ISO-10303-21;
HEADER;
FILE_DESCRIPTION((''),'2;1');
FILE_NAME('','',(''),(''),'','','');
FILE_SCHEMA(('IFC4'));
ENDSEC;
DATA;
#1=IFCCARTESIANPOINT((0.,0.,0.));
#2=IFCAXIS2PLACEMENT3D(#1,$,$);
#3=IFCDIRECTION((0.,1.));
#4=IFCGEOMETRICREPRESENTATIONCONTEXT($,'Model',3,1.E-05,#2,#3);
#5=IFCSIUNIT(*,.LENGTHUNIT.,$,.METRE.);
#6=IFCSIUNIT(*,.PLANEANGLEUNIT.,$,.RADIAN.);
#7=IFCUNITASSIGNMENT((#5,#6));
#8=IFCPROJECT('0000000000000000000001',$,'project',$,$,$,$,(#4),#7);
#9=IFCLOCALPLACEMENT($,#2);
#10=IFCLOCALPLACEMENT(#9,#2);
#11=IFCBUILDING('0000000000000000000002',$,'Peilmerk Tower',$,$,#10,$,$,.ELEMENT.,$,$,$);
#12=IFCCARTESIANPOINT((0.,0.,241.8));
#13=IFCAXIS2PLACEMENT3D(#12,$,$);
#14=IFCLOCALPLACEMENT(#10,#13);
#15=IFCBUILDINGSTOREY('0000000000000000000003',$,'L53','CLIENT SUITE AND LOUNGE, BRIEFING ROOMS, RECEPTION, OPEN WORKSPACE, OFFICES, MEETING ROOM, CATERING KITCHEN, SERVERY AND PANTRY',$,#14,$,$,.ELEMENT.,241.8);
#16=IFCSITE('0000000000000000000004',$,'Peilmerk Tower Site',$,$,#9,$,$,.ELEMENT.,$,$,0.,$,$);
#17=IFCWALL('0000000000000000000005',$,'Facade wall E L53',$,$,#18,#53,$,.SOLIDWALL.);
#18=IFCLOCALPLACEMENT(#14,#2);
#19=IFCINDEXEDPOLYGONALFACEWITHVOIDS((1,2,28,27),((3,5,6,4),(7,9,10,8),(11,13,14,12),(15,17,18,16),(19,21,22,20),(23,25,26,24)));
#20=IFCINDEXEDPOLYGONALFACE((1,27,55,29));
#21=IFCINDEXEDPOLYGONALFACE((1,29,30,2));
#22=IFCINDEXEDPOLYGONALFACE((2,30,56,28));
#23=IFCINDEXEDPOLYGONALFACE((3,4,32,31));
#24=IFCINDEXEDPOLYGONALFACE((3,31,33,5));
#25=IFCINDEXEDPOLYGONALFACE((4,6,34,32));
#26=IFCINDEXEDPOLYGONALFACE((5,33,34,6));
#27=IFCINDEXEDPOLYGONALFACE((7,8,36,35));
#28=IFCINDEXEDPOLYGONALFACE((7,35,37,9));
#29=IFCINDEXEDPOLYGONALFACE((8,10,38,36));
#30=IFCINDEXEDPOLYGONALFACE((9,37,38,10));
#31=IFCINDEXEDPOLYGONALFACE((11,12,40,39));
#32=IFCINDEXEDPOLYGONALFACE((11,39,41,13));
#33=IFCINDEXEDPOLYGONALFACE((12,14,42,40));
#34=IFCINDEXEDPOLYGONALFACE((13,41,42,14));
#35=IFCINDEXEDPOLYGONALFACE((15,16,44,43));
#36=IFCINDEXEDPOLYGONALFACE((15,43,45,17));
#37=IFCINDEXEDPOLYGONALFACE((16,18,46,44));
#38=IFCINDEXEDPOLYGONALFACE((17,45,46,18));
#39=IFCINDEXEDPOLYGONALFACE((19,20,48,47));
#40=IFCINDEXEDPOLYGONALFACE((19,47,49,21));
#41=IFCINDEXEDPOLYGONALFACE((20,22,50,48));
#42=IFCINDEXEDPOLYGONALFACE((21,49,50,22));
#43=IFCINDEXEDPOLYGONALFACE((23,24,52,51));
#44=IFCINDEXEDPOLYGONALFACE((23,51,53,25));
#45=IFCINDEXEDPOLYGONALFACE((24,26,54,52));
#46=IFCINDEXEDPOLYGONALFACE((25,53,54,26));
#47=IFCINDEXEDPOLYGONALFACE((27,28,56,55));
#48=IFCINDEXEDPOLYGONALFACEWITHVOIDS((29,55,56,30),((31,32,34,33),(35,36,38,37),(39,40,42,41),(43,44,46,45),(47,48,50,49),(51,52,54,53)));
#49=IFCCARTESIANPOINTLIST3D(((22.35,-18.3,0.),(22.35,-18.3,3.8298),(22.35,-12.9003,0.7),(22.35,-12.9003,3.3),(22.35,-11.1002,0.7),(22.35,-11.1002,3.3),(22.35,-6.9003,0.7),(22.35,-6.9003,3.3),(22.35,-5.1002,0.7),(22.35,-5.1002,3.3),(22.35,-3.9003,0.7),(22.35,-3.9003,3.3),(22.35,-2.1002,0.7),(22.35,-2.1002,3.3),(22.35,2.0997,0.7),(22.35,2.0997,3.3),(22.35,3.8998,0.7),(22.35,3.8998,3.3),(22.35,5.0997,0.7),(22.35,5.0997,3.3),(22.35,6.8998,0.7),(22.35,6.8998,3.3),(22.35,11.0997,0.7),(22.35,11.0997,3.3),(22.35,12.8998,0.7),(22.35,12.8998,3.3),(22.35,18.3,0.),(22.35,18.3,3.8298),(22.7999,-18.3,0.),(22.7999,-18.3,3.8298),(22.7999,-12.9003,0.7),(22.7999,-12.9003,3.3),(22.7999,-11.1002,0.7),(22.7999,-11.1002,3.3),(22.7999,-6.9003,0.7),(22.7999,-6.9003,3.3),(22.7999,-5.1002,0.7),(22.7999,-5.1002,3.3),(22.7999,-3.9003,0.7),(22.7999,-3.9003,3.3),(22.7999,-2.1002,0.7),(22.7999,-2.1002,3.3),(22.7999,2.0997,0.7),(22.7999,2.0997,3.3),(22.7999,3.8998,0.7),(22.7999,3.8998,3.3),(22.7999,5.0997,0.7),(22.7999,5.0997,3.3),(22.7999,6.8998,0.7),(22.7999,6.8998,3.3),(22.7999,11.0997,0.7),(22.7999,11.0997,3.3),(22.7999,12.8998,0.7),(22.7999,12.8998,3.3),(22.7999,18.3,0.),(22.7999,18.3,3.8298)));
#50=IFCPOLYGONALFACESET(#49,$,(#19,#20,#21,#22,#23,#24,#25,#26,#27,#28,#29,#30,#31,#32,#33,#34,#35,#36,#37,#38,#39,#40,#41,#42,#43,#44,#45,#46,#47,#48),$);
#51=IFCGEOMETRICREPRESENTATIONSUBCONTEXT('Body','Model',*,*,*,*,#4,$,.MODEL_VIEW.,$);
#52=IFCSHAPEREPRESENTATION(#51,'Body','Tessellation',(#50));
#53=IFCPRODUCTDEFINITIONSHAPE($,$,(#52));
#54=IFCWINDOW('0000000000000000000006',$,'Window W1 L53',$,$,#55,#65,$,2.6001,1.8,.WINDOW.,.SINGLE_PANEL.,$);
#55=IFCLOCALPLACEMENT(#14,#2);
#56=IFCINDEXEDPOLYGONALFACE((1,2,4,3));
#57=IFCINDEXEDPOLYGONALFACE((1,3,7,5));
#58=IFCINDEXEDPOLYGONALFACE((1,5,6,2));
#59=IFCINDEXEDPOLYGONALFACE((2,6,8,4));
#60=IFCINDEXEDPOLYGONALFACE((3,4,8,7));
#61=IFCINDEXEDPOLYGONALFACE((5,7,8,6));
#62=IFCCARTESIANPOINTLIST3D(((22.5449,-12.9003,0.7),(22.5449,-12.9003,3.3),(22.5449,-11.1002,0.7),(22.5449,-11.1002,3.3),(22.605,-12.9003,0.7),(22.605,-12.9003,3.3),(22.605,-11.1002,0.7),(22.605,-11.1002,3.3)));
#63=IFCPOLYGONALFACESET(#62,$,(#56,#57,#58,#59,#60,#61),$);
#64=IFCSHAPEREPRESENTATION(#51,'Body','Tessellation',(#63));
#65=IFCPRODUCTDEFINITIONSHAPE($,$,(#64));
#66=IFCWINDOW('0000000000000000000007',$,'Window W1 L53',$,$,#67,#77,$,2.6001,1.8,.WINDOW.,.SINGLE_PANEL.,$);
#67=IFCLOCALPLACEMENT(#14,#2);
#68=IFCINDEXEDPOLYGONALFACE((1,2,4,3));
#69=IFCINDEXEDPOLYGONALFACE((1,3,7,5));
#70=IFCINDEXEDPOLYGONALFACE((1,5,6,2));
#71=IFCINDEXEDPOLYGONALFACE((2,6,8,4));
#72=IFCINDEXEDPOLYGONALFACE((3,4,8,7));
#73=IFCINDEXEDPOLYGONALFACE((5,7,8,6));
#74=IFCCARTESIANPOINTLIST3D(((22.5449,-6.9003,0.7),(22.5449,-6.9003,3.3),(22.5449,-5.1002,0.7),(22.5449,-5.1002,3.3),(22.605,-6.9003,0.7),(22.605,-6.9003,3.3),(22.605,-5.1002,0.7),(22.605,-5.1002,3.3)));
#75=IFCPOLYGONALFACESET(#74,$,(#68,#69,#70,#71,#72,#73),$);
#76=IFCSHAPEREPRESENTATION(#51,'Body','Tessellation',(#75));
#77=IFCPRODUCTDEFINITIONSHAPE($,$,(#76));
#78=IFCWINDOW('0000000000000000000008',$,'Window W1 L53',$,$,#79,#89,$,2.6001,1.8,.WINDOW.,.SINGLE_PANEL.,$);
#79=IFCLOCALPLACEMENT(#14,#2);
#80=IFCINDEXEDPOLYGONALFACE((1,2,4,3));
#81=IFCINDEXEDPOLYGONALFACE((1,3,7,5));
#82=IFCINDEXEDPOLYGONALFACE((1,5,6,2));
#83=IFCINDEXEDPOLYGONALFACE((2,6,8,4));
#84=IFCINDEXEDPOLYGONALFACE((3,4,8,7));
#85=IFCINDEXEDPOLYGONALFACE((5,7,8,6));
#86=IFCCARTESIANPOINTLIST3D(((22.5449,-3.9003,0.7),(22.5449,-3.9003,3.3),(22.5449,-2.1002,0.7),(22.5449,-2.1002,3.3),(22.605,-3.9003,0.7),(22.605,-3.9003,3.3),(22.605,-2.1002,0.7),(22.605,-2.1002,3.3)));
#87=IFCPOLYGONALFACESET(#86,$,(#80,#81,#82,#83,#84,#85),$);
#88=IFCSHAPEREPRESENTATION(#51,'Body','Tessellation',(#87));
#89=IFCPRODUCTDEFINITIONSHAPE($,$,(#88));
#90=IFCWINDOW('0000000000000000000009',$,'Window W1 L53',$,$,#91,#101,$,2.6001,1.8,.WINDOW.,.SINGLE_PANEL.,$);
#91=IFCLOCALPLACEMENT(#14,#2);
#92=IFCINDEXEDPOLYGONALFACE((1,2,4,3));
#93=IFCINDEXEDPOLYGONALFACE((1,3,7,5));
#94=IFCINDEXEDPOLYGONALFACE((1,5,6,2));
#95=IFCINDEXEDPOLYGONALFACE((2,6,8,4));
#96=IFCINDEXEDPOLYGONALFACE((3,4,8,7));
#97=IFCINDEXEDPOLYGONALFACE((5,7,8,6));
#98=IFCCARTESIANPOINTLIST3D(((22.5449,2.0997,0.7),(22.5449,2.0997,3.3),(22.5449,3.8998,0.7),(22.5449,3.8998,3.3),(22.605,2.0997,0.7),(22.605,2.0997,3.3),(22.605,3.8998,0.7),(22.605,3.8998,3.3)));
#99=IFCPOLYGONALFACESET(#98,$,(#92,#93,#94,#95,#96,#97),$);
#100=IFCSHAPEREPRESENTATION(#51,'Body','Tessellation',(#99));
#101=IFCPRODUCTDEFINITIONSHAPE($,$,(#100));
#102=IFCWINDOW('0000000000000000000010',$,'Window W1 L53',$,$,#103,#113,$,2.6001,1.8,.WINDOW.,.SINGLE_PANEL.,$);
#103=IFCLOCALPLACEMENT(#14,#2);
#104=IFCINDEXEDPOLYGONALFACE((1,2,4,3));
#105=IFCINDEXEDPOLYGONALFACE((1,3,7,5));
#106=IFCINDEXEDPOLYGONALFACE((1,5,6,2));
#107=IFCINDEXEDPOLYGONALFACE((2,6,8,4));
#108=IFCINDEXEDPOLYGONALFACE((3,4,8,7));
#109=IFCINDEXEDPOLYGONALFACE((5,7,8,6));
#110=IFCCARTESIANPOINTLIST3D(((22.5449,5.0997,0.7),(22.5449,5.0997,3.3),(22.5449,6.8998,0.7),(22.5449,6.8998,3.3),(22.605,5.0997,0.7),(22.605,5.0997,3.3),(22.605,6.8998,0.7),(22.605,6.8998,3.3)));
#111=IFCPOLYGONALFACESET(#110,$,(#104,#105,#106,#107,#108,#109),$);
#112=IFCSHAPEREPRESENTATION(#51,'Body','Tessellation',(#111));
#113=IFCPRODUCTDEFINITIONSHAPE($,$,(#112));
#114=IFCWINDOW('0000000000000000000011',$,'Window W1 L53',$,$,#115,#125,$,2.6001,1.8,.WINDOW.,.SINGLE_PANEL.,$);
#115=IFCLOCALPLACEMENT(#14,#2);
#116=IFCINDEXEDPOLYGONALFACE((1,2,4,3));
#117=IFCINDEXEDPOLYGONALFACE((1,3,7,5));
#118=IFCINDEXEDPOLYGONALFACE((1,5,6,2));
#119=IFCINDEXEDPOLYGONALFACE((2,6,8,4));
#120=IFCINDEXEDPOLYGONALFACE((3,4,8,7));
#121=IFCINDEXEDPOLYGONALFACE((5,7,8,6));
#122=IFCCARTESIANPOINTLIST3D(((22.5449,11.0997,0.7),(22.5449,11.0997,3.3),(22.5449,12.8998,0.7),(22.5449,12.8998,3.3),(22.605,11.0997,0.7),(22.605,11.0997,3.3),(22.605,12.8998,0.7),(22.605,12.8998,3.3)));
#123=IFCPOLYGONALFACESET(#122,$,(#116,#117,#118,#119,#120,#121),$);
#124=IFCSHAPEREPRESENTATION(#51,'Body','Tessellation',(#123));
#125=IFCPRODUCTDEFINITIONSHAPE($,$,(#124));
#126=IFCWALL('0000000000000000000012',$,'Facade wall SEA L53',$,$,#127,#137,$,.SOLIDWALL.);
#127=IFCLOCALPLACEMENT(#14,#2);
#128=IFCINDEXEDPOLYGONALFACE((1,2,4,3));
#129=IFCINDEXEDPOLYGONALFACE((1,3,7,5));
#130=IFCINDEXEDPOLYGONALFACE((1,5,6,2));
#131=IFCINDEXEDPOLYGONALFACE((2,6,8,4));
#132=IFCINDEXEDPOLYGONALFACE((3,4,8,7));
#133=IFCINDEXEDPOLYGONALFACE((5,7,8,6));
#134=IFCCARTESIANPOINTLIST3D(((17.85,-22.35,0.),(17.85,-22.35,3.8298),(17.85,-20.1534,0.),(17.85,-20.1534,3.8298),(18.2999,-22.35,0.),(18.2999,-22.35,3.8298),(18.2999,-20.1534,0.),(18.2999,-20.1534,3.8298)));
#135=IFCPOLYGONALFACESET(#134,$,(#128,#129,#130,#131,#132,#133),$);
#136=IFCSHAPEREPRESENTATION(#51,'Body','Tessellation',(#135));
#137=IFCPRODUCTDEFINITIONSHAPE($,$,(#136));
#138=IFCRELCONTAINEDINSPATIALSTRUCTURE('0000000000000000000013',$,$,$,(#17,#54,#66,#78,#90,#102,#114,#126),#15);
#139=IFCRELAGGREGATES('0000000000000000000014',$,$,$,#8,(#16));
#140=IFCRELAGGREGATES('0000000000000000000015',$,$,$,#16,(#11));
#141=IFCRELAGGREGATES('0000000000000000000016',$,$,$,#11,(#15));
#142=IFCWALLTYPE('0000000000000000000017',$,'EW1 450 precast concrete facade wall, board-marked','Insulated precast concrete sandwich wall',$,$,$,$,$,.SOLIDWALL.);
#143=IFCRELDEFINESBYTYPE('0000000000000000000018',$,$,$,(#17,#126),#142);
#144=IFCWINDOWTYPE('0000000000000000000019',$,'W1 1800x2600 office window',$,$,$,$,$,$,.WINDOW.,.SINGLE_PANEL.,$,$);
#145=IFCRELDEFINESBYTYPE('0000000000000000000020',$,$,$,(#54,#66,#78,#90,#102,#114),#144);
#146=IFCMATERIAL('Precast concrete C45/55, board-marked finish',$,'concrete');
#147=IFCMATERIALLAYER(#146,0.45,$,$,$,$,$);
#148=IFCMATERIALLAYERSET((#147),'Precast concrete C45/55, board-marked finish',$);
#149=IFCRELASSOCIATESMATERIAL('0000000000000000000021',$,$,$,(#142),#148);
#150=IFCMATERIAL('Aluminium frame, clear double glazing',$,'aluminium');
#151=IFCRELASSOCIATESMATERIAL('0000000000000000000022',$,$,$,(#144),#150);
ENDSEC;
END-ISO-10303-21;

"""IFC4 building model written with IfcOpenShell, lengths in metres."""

from ifc_helpers import new_model, si_unit, direction, frame, frame_2d, origin, place, context, subcontext, project, spatial, rectangle, extrude, material, layer, layer_set, type_object, element, fill, save


model = new_model("IFC4")

# Units and contexts
model_context = context("Model", 3, precision=1e-05, world=origin(), true_north=direction((0.0, 1.0)))
body_context = subcontext(model_context, "Body", "Model", "MODEL_VIEW")
ifc_project = project(units=[si_unit("LENGTHUNIT", "METRE"), si_unit("PLANEANGLEUNIT", "RADIAN")], contexts=[model_context])

# Site, building, storey
site_placement = place(None, origin())
site = spatial("IfcSite", under=ifc_project, at=site_placement, Name="Peilmerk Tower Site", CompositionType="ELEMENT", RefElevation=0.0)
building_placement = place(site_placement, origin())
building = spatial("IfcBuilding", under=site, at=building_placement, Name="Peilmerk Tower", CompositionType="ELEMENT")
storey_placement = place(building_placement, frame((0.0, 0.0, 241.8)))
storey = spatial("IfcBuildingStorey", under=building, at=storey_placement, Name="L53", Description="CLIENT SUITE AND LOUNGE, BRIEFING ROOMS, RECEPTION, OPEN WORKSPACE, OFFICES, MEETING ROOM, CATERING KITCHEN, SERVERY AND PANTRY", CompositionType="ELEMENT", Elevation=241.8)

# Wall, openings, windows
ifc_material_1 = material(Name="Precast concrete C45/55, board-marked finish", Category="concrete")
ifc_layer_1 = layer(ifc_material_1, 0.45)
ifc_layer_set_1 = layer_set([ifc_layer_1], Name="Precast concrete C45/55, board-marked finish")
wall_type = type_object("IfcWallType", Name="EW1 450 precast concrete facade wall, board-marked", Description="Insulated precast concrete sandwich wall", PredefinedType="SOLIDWALL", material=ifc_layer_set_1)
wall_1_placement = place(storey_placement, frame((22.575, -18.3, 0.0), z_axis=(0.0, 0.0, 1.0), x_axis=(0.0, 1.0, 0.0)))
wall_1 = element("IfcWall", 1, at=wall_1_placement, inside=storey, type_object=wall_type, Name="Facade wall E L53", PredefinedType="SOLIDWALL", context=body_context, shape_type="SweptSolid", body=[
    extrude(rectangle(XDim=36.6001, YDim=0.45, at=frame_2d((18.3, 0.0))), origin(), (0.0, 0.0, 1.0), 3.8298),
])
opening_1_placement = place(wall_1_placement, frame((5.3999, 0.0, 0.7)))
opening_1 = element("IfcOpeningElement", 2, at=opening_1_placement, cuts=wall_1, PredefinedType="OPENING", context=body_context, shape_type="SweptSolid", body=[
    extrude(rectangle(XDim=1.8, YDim=2.6001, at=frame_2d((0.8999, 1.3))), frame((0.0, 0.2349, 0.0), z_axis=(0.0, -1.0, 0.0), x_axis=(1.0, 0.0, 0.0)), (0.0, 0.0, 1.0), 0.47),
])
opening_2_placement = place(wall_1_placement, frame((11.3999, 0.0, 0.7)))
opening_2 = element("IfcOpeningElement", 3, at=opening_2_placement, cuts=wall_1, PredefinedType="OPENING", context=body_context, shape_type="SweptSolid", body=[
    extrude(rectangle(XDim=1.8, YDim=2.6001, at=frame_2d((0.8999, 1.3))), frame((0.0, 0.2349, 0.0), z_axis=(0.0, -1.0, 0.0), x_axis=(1.0, 0.0, 0.0)), (0.0, 0.0, 1.0), 0.47),
])
opening_3_placement = place(wall_1_placement, frame((14.3999, 0.0, 0.7)))
opening_3 = element("IfcOpeningElement", 4, at=opening_3_placement, cuts=wall_1, PredefinedType="OPENING", context=body_context, shape_type="SweptSolid", body=[
    extrude(rectangle(XDim=1.8, YDim=2.6001, at=frame_2d((0.8999, 1.3))), frame((0.0, 0.2349, 0.0), z_axis=(0.0, -1.0, 0.0), x_axis=(1.0, 0.0, 0.0)), (0.0, 0.0, 1.0), 0.47),
])
opening_4_placement = place(wall_1_placement, frame((20.3999, 0.0, 0.7)))
opening_4 = element("IfcOpeningElement", 5, at=opening_4_placement, cuts=wall_1, PredefinedType="OPENING", context=body_context, shape_type="SweptSolid", body=[
    extrude(rectangle(XDim=1.8, YDim=2.6001, at=frame_2d((0.8999, 1.3))), frame((0.0, 0.2349, 0.0), z_axis=(0.0, -1.0, 0.0), x_axis=(1.0, 0.0, 0.0)), (0.0, 0.0, 1.0), 0.47),
])
opening_5_placement = place(wall_1_placement, frame((23.3999, 0.0, 0.7)))
opening_5 = element("IfcOpeningElement", 6, at=opening_5_placement, cuts=wall_1, PredefinedType="OPENING", context=body_context, shape_type="SweptSolid", body=[
    extrude(rectangle(XDim=1.8, YDim=2.6001, at=frame_2d((0.8999, 1.3))), frame((0.0, 0.2349, 0.0), z_axis=(0.0, -1.0, 0.0), x_axis=(1.0, 0.0, 0.0)), (0.0, 0.0, 1.0), 0.47),
])
opening_6_placement = place(wall_1_placement, frame((29.3999, 0.0, 0.7)))
opening_6 = element("IfcOpeningElement", 7, at=opening_6_placement, cuts=wall_1, PredefinedType="OPENING", context=body_context, shape_type="SweptSolid", body=[
    extrude(rectangle(XDim=1.8, YDim=2.6001, at=frame_2d((0.8999, 1.3))), frame((0.0, 0.2349, 0.0), z_axis=(0.0, -1.0, 0.0), x_axis=(1.0, 0.0, 0.0)), (0.0, 0.0, 1.0), 0.47),
])
ifc_material_2 = material(Name="Aluminium frame, clear double glazing", Category="aluminium")
window_type = type_object("IfcWindowType", Name="W1 1800x2600 office window", PartitioningType="SINGLE_PANEL", PredefinedType="WINDOW", material=ifc_material_2)
window_1_placement = place(opening_1_placement, origin())
window_1 = element("IfcWindow", 8, at=window_1_placement, inside=storey, type_object=window_type, Name="Window W1 L53", OverallHeight=2.6001, OverallWidth=1.8, PartitioningType="SINGLE_PANEL", PredefinedType="WINDOW", context=body_context, shape_type="SweptSolid", body=[
    extrude(rectangle(XDim=1.8, YDim=2.6001, at=frame_2d((0.8999, 1.3))), frame((0.0, 0.03, 0.0), z_axis=(0.0, -1.0, 0.0), x_axis=(1.0, 0.0, 0.0)), (0.0, 0.0, 1.0), 0.0601),
])
fill(opening_1, window_1)
window_2_placement = place(opening_2_placement, origin())
window_2 = element("IfcWindow", 9, at=window_2_placement, inside=storey, type_object=window_type, Name="Window W1 L53", OverallHeight=2.6001, OverallWidth=1.8, PartitioningType="SINGLE_PANEL", PredefinedType="WINDOW", context=body_context, shape_type="SweptSolid", body=[
    extrude(rectangle(XDim=1.8, YDim=2.6001, at=frame_2d((0.8999, 1.3))), frame((0.0, 0.03, 0.0), z_axis=(0.0, -1.0, 0.0), x_axis=(1.0, 0.0, 0.0)), (0.0, 0.0, 1.0), 0.0601),
])
fill(opening_2, window_2)
window_3_placement = place(opening_3_placement, origin())
window_3 = element("IfcWindow", 10, at=window_3_placement, inside=storey, type_object=window_type, Name="Window W1 L53", OverallHeight=2.6001, OverallWidth=1.8, PartitioningType="SINGLE_PANEL", PredefinedType="WINDOW", context=body_context, shape_type="SweptSolid", body=[
    extrude(rectangle(XDim=1.8, YDim=2.6001, at=frame_2d((0.8999, 1.3))), frame((0.0, 0.03, 0.0), z_axis=(0.0, -1.0, 0.0), x_axis=(1.0, 0.0, 0.0)), (0.0, 0.0, 1.0), 0.0601),
])
fill(opening_3, window_3)
window_4_placement = place(opening_4_placement, origin())
window_4 = element("IfcWindow", 11, at=window_4_placement, inside=storey, type_object=window_type, Name="Window W1 L53", OverallHeight=2.6001, OverallWidth=1.8, PartitioningType="SINGLE_PANEL", PredefinedType="WINDOW", context=body_context, shape_type="SweptSolid", body=[
    extrude(rectangle(XDim=1.8, YDim=2.6001, at=frame_2d((0.8999, 1.3))), frame((0.0, 0.03, 0.0), z_axis=(0.0, -1.0, 0.0), x_axis=(1.0, 0.0, 0.0)), (0.0, 0.0, 1.0), 0.0601),
])
fill(opening_4, window_4)
window_5_placement = place(opening_5_placement, origin())
window_5 = element("IfcWindow", 12, at=window_5_placement, inside=storey, type_object=window_type, Name="Window W1 L53", OverallHeight=2.6001, OverallWidth=1.8, PartitioningType="SINGLE_PANEL", PredefinedType="WINDOW", context=body_context, shape_type="SweptSolid", body=[
    extrude(rectangle(XDim=1.8, YDim=2.6001, at=frame_2d((0.8999, 1.3))), frame((0.0, 0.03, 0.0), z_axis=(0.0, -1.0, 0.0), x_axis=(1.0, 0.0, 0.0)), (0.0, 0.0, 1.0), 0.0601),
])
fill(opening_5, window_5)
window_6_placement = place(opening_6_placement, origin())
window_6 = element("IfcWindow", 13, at=window_6_placement, inside=storey, type_object=window_type, Name="Window W1 L53", OverallHeight=2.6001, OverallWidth=1.8, PartitioningType="SINGLE_PANEL", PredefinedType="WINDOW", context=body_context, shape_type="SweptSolid", body=[
    extrude(rectangle(XDim=1.8, YDim=2.6001, at=frame_2d((0.8999, 1.3))), frame((0.0, 0.03, 0.0), z_axis=(0.0, -1.0, 0.0), x_axis=(1.0, 0.0, 0.0)), (0.0, 0.0, 1.0), 0.0601),
])
fill(opening_6, window_6)

# Wall
wall_2_placement = place(storey_placement, frame((18.075, -20.1536, 0.0), z_axis=(0.0, 0.0, 1.0), x_axis=(0.0, -1.0, 0.0)))
element("IfcWall", 14, at=wall_2_placement, inside=storey, type_object=wall_type, Name="Facade wall SEA L53", PredefinedType="SOLIDWALL", context=body_context, shape_type="SweptSolid", body=[
    extrude(rectangle(XDim=2.1965, YDim=0.45, at=frame_2d((1.0981, 0.0))), origin(), (0.0, 0.0, 1.0), 3.8298),
])

save(model, "model.ifc")
